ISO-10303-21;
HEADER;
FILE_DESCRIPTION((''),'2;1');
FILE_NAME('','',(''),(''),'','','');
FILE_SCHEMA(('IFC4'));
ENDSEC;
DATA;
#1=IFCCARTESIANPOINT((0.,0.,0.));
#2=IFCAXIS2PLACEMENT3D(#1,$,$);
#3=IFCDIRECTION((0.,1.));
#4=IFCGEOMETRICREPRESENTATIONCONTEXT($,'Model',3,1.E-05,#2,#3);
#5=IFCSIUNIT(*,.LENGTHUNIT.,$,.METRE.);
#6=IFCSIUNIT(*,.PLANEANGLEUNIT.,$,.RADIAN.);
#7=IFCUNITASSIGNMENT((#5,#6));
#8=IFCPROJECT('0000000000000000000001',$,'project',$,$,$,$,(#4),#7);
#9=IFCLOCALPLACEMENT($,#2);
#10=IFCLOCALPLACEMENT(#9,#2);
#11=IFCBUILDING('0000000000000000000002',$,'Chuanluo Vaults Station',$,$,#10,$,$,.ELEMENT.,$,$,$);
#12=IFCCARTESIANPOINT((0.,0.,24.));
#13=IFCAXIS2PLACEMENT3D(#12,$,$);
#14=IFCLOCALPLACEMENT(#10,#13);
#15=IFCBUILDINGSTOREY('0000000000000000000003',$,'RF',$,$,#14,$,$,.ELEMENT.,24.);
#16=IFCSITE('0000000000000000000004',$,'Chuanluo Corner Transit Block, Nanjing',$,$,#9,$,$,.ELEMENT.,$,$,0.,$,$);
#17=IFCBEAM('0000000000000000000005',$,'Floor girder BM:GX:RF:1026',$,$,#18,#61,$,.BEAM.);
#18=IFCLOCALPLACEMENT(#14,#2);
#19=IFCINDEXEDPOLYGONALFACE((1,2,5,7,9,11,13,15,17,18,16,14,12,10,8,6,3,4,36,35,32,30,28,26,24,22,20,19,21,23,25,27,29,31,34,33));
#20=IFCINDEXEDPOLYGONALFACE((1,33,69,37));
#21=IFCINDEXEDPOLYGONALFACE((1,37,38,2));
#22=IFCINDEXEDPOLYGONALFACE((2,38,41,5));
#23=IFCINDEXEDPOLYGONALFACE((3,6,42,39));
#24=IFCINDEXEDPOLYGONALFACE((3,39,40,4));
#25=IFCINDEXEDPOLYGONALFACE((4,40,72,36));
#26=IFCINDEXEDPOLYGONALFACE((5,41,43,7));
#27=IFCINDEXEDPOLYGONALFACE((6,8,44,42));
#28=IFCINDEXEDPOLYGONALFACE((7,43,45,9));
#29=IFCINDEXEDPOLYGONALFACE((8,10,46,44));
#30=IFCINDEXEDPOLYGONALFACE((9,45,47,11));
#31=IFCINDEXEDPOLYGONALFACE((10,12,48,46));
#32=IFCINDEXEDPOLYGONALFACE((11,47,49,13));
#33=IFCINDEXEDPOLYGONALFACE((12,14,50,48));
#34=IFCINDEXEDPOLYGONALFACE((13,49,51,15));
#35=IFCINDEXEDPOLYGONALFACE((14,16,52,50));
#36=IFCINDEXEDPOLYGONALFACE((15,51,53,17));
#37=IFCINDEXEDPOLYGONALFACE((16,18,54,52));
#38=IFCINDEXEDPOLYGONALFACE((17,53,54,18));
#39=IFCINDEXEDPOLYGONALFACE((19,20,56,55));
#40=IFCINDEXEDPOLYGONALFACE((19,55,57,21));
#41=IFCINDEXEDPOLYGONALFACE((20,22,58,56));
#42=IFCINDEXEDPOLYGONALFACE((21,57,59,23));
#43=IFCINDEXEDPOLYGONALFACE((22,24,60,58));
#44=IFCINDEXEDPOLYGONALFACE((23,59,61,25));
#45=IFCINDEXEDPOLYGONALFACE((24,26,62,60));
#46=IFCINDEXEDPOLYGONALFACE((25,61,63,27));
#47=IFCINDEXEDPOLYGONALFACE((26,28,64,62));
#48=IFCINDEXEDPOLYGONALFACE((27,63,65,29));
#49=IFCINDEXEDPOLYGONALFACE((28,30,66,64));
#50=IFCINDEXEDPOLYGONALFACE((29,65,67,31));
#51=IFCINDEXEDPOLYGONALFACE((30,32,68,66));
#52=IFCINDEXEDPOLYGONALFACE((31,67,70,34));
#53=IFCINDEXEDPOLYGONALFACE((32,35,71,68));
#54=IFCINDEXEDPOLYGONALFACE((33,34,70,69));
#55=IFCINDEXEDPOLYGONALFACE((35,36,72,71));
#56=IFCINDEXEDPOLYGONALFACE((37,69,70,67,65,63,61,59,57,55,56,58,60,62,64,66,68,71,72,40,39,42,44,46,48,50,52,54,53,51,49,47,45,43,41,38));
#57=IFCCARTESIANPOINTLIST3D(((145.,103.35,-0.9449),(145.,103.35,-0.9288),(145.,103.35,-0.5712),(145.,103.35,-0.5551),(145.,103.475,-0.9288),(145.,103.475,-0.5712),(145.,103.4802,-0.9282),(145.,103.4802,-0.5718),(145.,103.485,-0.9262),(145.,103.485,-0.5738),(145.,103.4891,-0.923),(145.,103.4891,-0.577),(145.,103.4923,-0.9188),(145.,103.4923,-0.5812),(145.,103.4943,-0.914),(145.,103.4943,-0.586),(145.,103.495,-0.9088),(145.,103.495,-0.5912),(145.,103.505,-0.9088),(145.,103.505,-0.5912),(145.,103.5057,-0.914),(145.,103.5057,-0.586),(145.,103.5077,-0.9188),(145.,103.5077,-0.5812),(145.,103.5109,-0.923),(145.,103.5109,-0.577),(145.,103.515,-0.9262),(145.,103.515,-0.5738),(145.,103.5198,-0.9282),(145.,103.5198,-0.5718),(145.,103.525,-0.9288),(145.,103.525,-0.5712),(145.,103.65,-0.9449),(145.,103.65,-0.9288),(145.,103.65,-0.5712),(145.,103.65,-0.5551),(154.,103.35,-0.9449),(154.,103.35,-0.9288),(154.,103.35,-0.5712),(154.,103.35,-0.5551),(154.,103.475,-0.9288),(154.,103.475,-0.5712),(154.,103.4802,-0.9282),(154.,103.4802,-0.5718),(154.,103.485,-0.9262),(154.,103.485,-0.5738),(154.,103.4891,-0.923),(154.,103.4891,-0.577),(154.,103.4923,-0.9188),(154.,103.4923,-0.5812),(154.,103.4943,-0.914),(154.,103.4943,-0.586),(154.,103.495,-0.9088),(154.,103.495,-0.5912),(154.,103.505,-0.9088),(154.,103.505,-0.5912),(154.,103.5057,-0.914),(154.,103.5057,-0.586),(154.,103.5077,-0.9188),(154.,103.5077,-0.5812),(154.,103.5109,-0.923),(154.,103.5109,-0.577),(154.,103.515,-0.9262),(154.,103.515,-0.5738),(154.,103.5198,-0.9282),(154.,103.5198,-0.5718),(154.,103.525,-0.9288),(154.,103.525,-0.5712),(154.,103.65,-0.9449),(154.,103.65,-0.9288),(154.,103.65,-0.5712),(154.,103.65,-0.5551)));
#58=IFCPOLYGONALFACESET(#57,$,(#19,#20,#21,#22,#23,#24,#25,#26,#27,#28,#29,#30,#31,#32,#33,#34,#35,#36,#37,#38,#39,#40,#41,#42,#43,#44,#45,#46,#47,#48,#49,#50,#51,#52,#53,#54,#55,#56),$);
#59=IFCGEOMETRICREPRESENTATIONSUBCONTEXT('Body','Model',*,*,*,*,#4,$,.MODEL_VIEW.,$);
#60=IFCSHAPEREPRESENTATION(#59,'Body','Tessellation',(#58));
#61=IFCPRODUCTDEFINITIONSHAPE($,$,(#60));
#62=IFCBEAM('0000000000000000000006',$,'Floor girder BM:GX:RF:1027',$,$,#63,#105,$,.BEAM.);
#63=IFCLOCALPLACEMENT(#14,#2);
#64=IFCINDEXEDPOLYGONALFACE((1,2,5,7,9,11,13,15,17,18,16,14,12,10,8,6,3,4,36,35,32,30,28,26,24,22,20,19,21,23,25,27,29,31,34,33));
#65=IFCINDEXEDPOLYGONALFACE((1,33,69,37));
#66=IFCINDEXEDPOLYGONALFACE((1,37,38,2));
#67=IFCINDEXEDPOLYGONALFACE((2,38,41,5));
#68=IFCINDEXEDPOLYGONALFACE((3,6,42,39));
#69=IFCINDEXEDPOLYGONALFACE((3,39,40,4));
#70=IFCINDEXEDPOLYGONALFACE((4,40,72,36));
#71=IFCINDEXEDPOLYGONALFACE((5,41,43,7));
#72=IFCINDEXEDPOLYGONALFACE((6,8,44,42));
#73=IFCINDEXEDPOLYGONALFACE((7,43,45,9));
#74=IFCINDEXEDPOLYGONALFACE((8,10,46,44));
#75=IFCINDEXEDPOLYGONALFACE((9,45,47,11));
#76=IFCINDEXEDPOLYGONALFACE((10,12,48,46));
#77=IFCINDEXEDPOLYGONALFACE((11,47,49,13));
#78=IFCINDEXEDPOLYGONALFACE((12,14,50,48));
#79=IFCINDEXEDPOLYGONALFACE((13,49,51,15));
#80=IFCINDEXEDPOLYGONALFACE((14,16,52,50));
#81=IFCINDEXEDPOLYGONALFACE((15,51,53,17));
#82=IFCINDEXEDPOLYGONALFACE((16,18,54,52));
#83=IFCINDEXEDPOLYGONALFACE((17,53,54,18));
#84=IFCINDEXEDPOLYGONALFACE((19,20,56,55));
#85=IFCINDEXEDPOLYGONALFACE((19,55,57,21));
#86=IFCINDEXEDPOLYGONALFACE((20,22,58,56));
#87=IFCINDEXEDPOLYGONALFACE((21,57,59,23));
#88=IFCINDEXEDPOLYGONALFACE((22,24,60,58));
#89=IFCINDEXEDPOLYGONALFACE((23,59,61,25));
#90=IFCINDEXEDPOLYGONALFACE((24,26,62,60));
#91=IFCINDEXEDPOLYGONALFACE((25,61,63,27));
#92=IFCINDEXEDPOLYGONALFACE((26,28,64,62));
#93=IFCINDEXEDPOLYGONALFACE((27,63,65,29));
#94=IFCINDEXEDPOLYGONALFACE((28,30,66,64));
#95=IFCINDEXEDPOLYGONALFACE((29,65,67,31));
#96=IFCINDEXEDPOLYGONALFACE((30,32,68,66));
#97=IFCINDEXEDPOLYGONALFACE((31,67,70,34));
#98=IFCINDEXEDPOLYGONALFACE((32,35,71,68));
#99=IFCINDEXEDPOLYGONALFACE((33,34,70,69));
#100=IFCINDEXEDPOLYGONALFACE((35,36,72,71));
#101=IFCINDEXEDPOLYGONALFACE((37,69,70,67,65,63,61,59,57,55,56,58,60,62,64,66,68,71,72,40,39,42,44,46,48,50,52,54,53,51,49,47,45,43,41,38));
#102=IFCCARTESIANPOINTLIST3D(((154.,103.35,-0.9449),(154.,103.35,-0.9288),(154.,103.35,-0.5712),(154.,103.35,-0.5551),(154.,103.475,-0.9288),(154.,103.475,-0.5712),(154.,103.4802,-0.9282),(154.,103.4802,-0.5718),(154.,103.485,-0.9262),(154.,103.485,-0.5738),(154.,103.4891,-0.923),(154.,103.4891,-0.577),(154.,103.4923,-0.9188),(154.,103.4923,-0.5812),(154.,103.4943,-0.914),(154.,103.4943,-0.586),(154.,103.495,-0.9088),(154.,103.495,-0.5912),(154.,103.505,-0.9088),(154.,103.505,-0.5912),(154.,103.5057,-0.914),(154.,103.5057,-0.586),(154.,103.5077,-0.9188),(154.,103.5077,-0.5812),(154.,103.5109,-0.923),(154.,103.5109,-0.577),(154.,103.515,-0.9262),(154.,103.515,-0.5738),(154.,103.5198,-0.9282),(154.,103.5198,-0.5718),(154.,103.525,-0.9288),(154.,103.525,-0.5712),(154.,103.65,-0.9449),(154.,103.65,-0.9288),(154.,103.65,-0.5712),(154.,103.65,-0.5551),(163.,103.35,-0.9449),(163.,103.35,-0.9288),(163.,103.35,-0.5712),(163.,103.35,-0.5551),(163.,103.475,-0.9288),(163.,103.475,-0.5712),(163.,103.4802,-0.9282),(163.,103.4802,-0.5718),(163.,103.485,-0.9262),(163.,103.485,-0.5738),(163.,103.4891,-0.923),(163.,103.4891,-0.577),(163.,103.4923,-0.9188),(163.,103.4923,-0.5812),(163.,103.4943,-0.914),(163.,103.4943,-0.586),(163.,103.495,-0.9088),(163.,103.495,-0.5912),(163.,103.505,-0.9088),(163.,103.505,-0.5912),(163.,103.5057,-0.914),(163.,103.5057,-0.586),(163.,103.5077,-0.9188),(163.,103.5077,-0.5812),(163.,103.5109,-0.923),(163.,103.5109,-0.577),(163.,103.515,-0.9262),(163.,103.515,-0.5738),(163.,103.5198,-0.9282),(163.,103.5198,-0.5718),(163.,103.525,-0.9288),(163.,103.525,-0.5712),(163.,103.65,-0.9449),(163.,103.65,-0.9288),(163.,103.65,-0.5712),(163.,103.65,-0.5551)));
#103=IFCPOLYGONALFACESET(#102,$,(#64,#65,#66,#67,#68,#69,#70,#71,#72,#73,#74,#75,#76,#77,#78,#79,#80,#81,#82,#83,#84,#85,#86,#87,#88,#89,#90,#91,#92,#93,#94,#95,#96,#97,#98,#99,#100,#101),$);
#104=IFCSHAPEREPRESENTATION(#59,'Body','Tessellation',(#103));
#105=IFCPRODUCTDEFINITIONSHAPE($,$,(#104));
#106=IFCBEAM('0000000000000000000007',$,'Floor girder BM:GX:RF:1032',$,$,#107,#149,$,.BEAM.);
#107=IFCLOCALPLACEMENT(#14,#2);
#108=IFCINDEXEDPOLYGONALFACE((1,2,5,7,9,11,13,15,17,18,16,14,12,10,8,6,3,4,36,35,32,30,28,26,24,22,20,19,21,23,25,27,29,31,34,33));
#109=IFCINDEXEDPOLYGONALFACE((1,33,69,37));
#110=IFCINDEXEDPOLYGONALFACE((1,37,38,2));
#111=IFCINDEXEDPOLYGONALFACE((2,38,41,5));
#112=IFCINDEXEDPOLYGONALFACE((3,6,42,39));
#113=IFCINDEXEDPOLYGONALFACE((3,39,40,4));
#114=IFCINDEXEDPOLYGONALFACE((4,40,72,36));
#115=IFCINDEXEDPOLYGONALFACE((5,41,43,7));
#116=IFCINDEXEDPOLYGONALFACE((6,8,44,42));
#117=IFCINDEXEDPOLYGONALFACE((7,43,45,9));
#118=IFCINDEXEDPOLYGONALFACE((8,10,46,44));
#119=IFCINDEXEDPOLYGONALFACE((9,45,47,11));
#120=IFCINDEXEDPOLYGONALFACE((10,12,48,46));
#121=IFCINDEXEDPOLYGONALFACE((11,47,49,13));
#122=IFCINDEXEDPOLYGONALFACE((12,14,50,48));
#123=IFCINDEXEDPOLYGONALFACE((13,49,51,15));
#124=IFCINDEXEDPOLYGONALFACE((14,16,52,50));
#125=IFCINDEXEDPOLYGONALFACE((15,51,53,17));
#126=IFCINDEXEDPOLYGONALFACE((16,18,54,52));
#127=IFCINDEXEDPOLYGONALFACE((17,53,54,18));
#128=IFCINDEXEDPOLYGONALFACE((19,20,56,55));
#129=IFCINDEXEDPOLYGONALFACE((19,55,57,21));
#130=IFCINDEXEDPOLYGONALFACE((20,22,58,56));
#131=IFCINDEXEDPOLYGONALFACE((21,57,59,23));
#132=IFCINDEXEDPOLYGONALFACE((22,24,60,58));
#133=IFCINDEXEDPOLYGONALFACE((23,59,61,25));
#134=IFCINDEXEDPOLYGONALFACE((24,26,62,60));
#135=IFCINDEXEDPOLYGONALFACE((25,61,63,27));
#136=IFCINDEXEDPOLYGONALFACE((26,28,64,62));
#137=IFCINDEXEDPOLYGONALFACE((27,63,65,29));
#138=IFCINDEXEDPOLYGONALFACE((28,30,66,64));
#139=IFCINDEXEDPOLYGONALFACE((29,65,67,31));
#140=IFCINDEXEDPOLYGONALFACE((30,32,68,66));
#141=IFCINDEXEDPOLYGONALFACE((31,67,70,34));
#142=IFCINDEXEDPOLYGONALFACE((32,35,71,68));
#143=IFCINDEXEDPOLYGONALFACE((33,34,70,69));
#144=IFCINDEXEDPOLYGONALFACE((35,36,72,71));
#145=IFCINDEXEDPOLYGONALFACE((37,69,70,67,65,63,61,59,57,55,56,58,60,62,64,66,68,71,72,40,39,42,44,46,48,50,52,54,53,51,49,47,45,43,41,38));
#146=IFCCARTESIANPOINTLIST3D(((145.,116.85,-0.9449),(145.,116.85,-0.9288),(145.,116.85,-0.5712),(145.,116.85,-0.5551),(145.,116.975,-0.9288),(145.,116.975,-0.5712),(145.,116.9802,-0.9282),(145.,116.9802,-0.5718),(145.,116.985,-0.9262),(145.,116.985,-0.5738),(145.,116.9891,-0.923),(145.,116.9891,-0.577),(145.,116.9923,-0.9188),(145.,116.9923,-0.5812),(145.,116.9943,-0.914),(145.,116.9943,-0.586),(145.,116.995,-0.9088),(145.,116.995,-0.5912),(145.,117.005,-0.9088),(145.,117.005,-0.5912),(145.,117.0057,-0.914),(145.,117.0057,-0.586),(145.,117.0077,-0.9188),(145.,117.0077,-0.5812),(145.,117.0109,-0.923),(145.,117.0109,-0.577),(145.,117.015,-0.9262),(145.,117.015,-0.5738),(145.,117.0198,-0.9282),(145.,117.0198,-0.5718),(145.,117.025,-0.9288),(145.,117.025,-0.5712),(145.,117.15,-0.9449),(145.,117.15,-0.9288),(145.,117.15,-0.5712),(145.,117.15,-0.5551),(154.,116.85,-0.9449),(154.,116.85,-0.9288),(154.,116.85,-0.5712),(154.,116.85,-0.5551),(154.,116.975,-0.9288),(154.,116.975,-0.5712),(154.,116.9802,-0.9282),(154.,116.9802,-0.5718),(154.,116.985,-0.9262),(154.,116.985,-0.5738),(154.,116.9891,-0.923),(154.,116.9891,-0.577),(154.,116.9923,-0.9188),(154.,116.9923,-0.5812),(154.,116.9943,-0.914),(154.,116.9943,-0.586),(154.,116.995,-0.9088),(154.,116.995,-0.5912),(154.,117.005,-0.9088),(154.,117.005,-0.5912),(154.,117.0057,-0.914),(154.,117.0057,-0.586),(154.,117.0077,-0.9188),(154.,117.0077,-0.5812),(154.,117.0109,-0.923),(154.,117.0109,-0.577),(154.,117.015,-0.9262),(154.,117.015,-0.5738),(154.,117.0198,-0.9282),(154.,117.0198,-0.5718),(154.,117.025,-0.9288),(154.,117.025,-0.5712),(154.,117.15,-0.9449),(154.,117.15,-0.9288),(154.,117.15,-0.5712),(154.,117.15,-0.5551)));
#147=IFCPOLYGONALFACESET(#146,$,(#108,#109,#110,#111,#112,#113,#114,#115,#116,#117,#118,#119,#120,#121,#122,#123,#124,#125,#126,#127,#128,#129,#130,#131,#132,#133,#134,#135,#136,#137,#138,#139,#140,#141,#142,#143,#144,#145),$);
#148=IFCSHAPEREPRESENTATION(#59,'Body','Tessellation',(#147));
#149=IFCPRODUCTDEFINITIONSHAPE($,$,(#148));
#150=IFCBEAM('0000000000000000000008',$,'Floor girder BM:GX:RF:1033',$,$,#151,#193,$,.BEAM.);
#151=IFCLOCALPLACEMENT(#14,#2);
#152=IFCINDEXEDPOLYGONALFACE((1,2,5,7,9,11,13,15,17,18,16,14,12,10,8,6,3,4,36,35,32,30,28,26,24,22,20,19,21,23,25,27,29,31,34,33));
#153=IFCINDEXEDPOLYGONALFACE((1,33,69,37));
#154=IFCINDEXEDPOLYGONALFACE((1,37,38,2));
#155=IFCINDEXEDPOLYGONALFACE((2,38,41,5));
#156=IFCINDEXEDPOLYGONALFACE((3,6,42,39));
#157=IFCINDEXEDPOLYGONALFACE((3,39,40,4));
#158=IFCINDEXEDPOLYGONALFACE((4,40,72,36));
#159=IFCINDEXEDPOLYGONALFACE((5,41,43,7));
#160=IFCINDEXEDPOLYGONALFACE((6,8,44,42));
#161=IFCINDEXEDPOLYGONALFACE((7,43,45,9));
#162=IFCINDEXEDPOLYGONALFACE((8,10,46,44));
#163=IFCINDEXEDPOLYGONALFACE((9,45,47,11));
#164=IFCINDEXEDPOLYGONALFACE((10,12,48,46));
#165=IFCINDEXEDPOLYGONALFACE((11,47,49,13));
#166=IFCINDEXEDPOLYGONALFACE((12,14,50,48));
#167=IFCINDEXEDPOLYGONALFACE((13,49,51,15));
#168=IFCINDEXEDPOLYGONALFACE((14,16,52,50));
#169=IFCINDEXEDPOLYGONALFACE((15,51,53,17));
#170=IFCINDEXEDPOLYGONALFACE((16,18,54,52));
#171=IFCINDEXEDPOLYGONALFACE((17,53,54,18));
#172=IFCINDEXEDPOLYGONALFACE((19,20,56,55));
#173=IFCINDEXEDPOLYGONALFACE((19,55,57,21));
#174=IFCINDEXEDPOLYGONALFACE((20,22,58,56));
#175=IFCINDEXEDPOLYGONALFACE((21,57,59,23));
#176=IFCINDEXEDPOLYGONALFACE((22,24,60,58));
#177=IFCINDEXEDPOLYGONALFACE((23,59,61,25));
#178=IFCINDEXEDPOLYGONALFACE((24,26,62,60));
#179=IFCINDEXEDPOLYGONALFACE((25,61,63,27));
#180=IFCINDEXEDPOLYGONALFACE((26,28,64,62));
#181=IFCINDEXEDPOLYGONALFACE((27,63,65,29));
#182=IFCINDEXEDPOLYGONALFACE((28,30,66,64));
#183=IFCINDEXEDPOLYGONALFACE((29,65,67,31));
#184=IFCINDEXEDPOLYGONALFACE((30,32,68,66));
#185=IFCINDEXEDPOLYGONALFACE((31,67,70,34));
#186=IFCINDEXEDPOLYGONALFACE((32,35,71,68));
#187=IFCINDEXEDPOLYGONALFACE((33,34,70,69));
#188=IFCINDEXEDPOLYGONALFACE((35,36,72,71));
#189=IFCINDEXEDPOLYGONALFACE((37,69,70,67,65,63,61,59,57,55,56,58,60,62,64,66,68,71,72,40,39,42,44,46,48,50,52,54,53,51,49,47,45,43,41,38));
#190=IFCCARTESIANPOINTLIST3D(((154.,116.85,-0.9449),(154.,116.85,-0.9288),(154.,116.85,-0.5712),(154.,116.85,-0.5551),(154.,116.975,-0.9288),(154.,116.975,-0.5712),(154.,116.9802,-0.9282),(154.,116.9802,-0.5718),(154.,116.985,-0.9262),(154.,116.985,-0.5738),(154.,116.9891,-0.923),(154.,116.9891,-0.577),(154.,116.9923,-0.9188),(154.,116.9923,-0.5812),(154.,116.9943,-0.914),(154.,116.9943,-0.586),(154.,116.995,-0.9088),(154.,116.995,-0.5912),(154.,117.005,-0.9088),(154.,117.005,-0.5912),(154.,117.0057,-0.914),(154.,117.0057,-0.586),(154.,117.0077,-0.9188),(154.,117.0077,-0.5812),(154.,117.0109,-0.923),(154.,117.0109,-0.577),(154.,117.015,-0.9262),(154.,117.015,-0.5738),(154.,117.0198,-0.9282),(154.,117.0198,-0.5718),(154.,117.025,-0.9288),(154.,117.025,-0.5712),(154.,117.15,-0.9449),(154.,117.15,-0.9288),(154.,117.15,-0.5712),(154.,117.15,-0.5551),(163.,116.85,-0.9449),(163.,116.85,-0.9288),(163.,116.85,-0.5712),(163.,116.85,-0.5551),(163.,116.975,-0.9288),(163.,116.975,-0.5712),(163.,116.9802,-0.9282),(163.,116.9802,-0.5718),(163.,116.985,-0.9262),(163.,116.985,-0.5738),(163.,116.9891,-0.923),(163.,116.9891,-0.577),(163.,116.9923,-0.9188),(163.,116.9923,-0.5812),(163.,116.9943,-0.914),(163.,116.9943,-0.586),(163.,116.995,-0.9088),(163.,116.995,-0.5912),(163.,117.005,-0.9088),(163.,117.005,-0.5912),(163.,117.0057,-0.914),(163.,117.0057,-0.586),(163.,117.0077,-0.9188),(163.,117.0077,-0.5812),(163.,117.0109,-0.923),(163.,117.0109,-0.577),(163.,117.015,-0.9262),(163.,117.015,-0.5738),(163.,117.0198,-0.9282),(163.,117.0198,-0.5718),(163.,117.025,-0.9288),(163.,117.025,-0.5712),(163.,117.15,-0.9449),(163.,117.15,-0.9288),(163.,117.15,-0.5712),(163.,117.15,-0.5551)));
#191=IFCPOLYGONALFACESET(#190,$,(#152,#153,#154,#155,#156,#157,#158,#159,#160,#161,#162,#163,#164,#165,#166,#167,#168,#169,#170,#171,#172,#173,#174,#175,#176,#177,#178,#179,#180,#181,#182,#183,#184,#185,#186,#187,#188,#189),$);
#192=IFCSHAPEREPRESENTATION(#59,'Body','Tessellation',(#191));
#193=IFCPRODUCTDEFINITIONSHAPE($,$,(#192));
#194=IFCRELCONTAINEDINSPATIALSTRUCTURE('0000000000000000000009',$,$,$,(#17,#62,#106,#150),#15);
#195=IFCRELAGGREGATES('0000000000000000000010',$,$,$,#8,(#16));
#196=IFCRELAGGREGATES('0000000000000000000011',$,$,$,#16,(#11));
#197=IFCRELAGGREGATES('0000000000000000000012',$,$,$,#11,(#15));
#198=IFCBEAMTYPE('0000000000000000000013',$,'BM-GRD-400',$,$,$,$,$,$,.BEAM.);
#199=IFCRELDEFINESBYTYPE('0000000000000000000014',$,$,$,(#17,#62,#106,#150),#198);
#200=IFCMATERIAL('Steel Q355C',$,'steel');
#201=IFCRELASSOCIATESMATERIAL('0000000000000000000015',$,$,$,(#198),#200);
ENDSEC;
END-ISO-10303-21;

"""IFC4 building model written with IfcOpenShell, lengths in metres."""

from ifc_helpers import new_model, si_unit, direction, frame, origin, origin_2d, place, context, subcontext, project, spatial, i_section, extrude, material, material_profile, profile_set, type_object, element, save


model = new_model("IFC4")

# Units and contexts
model_context = context("Model", 3, precision=1e-05, world=origin(), true_north=direction((0.0, 1.0)))
body_context = subcontext(model_context, "Body", "Model", "MODEL_VIEW")
ifc_project = project(units=[si_unit("LENGTHUNIT", "METRE"), si_unit("PLANEANGLEUNIT", "RADIAN")], contexts=[model_context])

# Site, building, storey
site_placement = place(None, origin())
site = spatial("IfcSite", under=ifc_project, at=site_placement, Name="Chuanluo Corner Transit Block, Nanjing", CompositionType="ELEMENT", RefElevation=0.0)
building_placement = place(site_placement, origin())
building = spatial("IfcBuilding", under=site, at=building_placement, Name="Chuanluo Vaults Station", CompositionType="ELEMENT")
storey_placement = place(building_placement, frame((0.0, 0.0, 24.0)))
storey = spatial("IfcBuildingStorey", under=building, at=storey_placement, Name="RF", CompositionType="ELEMENT", Elevation=24.0)

# Beams
ifc_material_1 = material(Name="Steel Q355C", Category="steel")
ifc_material_profile_1 = material_profile(ifc_material_1, i_section(OverallWidth=0.3, OverallDepth=0.3899, WebThickness=0.01, FlangeThickness=0.0161, FilletRadius=0.02, at=origin_2d()))
ifc_profile_set_1 = profile_set([ifc_material_profile_1], Name="Steel Q355C")
beam_type_1 = type_object("IfcBeamType", Name="BM-GRD-400", PredefinedType="BEAM", material=ifc_profile_set_1)
for number, where, z_axis, x_axis, name in (
    (1, (145.0, 103.5, -0.75), (1.0, 0.0, 0.0), (0.0, 1.0, 0.0), "Floor girder BM:GX:RF:1026"),
    (2, (154.0, 103.5, -0.75), (1.0, 0.0, 0.0), (0.0, 1.0, 0.0), "Floor girder BM:GX:RF:1027"),
    (3, (145.0, 117.0, -0.75), (1.0, 0.0, 0.0), (0.0, 1.0, 0.0), "Floor girder BM:GX:RF:1032"),
    (4, (154.0, 117.0, -0.75), (1.0, 0.0, 0.0), (0.0, 1.0, 0.0), "Floor girder BM:GX:RF:1033"),
):
    element("IfcBeam", number, at=place(storey_placement, frame(where, z_axis=z_axis, x_axis=x_axis)), inside=storey, type_object=beam_type_1, Name=name, PredefinedType="BEAM", context=body_context, shape_type="SweptSolid", body=[
        extrude(i_section(OverallWidth=0.3, OverallDepth=0.3899, WebThickness=0.01, FlangeThickness=0.0161, FilletRadius=0.02, at=origin_2d()), origin(), (0.0, 0.0, 1.0), 9.0),
    ])

save(model, "model.ifc")
